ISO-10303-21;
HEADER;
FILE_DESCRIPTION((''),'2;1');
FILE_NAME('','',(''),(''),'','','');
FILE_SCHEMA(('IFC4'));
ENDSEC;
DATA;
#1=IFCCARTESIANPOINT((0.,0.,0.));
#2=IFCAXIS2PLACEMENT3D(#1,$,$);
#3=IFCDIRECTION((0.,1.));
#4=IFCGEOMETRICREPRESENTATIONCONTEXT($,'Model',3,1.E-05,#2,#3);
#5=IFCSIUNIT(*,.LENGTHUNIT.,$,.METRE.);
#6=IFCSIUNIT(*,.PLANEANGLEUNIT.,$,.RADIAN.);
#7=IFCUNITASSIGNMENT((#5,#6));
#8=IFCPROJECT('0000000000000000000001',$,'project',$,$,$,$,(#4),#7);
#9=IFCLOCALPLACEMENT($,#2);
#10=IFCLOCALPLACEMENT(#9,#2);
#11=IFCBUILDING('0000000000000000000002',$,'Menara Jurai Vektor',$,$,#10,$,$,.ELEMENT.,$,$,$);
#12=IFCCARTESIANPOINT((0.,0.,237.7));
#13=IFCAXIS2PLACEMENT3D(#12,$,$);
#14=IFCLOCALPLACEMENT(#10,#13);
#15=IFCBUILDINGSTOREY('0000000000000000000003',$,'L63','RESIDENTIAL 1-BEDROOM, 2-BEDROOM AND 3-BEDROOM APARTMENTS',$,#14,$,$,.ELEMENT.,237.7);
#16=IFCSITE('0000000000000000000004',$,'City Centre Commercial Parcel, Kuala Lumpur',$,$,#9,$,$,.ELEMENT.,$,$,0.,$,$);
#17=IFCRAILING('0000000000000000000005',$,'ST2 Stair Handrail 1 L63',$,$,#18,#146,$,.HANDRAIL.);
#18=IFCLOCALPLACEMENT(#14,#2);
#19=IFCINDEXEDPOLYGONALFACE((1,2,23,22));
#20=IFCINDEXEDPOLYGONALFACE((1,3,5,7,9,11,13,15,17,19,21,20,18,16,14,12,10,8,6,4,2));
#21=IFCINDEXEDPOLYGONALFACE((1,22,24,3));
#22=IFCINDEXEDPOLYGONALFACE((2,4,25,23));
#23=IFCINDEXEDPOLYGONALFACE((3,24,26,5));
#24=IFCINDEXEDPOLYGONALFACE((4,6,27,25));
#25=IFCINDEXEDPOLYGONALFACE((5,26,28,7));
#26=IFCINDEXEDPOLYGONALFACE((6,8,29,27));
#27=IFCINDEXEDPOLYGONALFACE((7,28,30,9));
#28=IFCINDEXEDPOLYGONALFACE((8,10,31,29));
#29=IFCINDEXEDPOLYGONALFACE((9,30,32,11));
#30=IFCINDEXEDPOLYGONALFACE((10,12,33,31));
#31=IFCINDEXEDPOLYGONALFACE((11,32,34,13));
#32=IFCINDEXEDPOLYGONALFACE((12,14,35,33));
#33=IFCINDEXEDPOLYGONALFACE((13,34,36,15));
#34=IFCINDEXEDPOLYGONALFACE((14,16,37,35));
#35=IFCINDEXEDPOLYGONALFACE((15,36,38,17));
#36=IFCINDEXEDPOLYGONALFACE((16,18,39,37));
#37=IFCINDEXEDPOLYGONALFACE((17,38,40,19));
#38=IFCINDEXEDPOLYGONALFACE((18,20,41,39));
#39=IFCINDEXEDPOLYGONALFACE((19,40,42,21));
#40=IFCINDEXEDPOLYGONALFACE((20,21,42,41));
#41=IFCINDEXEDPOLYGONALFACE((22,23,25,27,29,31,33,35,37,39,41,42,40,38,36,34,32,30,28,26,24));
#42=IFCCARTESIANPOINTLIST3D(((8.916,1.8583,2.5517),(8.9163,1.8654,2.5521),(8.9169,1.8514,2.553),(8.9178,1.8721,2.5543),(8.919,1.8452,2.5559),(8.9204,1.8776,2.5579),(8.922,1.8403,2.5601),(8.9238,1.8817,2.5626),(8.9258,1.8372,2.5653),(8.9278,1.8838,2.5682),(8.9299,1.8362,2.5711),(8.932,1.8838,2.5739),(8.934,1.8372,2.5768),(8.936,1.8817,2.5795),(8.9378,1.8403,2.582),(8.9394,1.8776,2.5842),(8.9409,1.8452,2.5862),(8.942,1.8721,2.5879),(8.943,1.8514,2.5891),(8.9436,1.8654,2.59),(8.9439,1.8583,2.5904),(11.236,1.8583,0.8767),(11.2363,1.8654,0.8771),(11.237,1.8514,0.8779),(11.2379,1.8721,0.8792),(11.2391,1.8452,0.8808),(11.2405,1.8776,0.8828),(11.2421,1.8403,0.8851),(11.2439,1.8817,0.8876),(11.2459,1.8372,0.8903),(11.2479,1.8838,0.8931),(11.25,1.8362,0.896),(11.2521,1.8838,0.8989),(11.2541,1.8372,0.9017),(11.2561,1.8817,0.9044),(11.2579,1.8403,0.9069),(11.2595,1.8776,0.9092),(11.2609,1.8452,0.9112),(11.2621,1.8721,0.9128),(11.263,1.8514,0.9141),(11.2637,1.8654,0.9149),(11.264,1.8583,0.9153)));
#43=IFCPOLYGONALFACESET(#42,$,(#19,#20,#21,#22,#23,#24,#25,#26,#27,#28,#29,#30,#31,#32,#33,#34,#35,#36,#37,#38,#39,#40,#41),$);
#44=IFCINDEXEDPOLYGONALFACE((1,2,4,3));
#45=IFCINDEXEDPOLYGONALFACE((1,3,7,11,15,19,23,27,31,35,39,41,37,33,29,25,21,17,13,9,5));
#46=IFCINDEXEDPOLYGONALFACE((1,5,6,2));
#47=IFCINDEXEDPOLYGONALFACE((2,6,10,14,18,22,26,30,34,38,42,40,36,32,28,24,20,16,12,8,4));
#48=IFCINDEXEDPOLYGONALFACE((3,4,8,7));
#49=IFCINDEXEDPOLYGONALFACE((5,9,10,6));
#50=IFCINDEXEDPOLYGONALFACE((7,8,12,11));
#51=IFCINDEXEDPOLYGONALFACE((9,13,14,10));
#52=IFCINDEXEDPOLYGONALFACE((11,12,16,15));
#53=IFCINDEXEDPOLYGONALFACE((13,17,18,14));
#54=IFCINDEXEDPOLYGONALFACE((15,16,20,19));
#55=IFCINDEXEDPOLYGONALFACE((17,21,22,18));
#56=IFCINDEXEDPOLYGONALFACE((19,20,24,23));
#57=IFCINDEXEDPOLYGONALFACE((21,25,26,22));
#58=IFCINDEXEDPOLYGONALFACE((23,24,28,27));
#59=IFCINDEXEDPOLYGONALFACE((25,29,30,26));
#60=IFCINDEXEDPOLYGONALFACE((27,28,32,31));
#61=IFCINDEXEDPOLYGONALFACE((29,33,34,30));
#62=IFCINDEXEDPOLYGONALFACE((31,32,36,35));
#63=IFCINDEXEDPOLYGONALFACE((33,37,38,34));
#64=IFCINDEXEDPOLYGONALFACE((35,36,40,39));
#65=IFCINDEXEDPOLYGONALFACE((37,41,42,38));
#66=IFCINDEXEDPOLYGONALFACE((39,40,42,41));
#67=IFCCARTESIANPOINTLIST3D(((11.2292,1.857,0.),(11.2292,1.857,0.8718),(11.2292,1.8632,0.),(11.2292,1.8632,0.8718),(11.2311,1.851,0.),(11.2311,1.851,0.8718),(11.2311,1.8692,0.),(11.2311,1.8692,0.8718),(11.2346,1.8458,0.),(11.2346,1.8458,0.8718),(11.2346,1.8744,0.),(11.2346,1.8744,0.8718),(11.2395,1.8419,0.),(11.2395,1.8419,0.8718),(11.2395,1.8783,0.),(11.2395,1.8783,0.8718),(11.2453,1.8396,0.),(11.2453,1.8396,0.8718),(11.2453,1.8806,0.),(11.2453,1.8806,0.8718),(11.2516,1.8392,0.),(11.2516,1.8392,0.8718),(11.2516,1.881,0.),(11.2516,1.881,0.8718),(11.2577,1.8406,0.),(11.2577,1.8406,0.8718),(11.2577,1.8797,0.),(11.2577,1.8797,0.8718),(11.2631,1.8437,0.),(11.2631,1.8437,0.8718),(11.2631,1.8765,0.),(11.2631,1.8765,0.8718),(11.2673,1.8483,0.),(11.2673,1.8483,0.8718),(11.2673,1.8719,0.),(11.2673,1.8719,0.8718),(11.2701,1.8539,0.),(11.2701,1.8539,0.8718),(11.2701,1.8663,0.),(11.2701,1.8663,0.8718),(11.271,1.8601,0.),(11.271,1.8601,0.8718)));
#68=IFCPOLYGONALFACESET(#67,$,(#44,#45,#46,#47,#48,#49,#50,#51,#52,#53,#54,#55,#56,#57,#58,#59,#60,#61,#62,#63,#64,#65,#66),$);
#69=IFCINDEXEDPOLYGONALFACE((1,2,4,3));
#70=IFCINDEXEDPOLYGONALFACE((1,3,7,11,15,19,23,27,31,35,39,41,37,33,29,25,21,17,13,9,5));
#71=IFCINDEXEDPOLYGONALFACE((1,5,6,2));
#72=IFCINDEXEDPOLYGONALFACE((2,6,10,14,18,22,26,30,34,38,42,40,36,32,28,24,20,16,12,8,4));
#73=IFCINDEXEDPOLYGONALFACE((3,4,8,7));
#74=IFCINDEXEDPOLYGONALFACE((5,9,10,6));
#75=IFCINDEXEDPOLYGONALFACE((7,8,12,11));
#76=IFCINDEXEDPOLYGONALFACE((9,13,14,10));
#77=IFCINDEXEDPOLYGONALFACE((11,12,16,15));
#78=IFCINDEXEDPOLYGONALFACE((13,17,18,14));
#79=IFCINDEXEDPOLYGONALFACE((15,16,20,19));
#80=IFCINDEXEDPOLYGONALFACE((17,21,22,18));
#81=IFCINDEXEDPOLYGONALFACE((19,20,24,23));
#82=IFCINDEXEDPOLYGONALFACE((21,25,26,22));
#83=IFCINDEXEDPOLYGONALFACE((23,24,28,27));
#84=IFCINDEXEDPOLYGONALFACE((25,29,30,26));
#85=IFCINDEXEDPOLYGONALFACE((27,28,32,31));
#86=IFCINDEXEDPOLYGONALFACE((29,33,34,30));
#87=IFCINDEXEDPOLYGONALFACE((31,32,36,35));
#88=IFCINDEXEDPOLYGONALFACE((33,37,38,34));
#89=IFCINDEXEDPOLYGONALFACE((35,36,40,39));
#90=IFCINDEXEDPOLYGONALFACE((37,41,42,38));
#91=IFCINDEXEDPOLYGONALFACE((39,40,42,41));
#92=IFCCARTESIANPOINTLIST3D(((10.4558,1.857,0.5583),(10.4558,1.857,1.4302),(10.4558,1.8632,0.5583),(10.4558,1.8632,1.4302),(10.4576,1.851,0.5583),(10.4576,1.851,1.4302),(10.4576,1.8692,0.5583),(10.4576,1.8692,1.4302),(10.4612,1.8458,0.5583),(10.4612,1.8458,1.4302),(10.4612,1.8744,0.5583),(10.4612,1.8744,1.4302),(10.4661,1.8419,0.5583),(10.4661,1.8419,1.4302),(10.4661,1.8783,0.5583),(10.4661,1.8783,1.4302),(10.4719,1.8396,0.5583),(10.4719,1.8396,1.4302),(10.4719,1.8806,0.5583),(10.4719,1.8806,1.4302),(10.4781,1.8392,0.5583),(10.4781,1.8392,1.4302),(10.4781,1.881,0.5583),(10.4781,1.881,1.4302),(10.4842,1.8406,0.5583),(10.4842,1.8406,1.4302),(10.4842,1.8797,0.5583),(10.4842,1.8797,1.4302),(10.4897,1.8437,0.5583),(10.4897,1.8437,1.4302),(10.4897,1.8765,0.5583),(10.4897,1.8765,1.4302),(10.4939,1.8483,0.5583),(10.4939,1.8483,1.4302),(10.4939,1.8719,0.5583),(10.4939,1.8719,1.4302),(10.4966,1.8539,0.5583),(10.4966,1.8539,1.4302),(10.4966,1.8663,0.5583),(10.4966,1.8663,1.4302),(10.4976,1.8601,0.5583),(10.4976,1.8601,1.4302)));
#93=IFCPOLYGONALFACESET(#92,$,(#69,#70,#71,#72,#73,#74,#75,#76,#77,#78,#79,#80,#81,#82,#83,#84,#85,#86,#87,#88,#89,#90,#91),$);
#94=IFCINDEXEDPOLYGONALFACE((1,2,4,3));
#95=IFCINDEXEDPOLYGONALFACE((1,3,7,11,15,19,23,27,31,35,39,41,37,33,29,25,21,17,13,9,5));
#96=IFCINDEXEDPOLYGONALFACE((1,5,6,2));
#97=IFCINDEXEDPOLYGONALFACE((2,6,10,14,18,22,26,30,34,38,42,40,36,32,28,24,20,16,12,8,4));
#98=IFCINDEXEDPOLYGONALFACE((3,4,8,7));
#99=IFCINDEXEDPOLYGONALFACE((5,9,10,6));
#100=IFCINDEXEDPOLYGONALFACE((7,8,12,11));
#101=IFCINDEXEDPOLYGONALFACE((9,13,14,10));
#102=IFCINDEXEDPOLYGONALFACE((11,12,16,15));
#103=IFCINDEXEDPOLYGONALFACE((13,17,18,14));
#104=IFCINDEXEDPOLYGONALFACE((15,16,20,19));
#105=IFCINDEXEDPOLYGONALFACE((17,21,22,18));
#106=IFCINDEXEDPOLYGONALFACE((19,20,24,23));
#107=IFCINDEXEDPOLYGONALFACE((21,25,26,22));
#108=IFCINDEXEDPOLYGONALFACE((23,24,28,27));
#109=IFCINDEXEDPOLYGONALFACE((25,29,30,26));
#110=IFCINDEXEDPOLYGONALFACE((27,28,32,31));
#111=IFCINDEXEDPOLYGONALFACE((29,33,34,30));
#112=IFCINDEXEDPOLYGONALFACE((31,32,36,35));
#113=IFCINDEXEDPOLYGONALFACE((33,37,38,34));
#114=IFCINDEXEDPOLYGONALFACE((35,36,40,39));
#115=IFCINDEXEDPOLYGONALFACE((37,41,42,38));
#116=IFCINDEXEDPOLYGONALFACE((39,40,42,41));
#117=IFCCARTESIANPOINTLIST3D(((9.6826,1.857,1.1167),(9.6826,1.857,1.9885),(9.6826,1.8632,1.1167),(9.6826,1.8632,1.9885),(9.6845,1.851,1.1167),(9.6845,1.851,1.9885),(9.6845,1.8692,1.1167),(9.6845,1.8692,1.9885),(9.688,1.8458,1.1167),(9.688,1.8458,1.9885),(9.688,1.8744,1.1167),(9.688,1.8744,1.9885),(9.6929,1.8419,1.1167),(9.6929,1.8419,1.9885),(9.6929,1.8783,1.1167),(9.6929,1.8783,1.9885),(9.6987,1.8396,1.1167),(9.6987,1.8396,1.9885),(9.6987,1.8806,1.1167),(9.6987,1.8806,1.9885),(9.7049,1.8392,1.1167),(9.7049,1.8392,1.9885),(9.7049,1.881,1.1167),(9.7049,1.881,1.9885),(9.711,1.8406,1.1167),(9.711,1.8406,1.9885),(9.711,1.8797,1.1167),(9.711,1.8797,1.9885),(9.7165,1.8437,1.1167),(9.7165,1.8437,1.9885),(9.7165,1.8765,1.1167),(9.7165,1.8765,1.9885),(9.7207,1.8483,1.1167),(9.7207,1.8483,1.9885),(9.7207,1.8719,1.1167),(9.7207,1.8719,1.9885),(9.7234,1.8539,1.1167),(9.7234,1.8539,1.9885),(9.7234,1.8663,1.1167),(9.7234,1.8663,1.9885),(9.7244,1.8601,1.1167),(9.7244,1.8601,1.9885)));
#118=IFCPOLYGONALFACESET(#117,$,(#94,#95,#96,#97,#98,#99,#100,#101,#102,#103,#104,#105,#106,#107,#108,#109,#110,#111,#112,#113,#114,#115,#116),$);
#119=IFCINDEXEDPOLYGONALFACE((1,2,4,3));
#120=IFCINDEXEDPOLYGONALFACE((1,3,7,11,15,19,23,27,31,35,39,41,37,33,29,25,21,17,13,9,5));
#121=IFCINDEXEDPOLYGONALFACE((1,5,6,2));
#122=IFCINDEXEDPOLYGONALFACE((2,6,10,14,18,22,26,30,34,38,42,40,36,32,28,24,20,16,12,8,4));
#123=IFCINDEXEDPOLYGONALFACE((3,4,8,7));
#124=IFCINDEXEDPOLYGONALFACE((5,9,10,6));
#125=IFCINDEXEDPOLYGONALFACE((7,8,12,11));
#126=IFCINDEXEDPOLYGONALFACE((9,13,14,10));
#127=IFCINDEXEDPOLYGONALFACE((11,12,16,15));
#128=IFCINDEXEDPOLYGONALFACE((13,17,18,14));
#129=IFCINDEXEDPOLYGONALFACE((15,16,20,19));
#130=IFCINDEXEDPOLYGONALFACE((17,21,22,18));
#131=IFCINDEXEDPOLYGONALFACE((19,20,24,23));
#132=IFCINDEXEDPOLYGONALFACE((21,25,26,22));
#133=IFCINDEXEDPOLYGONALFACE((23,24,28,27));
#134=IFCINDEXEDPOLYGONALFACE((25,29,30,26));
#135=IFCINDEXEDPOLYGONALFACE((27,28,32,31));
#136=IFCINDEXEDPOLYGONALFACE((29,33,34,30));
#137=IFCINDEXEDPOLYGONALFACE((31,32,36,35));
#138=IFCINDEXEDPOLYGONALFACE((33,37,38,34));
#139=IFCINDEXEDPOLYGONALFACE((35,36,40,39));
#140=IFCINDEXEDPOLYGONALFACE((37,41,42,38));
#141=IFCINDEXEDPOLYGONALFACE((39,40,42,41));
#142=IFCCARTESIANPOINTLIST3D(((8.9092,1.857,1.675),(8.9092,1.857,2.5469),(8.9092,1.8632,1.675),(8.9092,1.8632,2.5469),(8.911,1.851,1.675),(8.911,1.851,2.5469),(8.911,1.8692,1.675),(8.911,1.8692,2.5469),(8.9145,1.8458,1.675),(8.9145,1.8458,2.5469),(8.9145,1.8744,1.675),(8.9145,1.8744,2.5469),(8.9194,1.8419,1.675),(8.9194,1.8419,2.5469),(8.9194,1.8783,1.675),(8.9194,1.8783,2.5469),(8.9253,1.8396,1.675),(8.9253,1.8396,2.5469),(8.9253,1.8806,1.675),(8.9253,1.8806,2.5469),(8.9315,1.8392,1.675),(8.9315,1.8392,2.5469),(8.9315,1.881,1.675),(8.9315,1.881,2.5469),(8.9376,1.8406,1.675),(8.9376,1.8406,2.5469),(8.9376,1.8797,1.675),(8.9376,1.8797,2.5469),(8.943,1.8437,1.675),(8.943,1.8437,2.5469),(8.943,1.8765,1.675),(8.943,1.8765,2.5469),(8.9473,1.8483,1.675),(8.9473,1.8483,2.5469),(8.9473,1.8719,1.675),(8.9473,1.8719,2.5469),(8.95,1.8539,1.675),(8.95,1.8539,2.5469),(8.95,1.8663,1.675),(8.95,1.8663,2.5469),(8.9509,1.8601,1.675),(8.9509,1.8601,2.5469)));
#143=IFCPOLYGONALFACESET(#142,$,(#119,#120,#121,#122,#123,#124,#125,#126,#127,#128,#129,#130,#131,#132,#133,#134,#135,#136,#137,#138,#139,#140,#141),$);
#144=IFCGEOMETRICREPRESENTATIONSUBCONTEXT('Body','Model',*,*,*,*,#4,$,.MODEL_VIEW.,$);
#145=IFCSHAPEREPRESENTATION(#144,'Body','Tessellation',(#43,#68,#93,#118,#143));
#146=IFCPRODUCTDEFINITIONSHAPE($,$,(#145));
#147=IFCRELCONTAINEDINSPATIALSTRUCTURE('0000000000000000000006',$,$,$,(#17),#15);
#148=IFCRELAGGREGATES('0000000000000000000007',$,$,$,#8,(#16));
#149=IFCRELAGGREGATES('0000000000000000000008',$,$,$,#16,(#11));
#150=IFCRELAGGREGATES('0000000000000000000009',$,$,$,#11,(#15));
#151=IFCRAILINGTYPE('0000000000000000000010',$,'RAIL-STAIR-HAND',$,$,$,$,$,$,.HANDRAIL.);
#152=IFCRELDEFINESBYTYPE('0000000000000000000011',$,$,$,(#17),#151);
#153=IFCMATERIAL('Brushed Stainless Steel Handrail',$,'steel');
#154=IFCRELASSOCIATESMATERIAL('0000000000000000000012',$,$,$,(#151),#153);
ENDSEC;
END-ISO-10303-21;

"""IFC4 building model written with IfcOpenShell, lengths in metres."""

from ifc_helpers import new_model, si_unit, direction, frame, origin, origin_2d, place, context, subcontext, project, spatial, circle, extrude, material, type_object, element, save


model = new_model("IFC4")

# Units and contexts
model_context = context("Model", 3, precision=1e-05, world=origin(), true_north=direction((0.0, 1.0)))
body_context = subcontext(model_context, "Body", "Model", "MODEL_VIEW")
ifc_project = project(units=[si_unit("LENGTHUNIT", "METRE"), si_unit("PLANEANGLEUNIT", "RADIAN")], contexts=[model_context])

# Site, building, storey
site_placement = place(None, origin())
site = spatial("IfcSite", under=ifc_project, at=site_placement, Name="City Centre Commercial Parcel, Kuala Lumpur", CompositionType="ELEMENT", RefElevation=0.0)
building_placement = place(site_placement, origin())
building = spatial("IfcBuilding", under=site, at=building_placement, Name="Menara Jurai Vektor", CompositionType="ELEMENT")
storey_placement = place(building_placement, frame((0.0, 0.0, 237.7)))
storey = spatial("IfcBuildingStorey", under=building, at=storey_placement, Name="L63", Description="RESIDENTIAL 1-BEDROOM, 2-BEDROOM AND 3-BEDROOM APARTMENTS", CompositionType="ELEMENT", Elevation=237.7)

# Railing
ifc_material_1 = material(Name="Brushed Stainless Steel Handrail", Category="steel")
railing_type_1 = type_object("IfcRailingType", Name="RAIL-STAIR-HAND", PredefinedType="HANDRAIL", material=ifc_material_1)
railing_1_placement = place(storey_placement, frame((11.25, 1.8601, 0.0)))
element("IfcRailing", 1, at=railing_1_placement, inside=storey, type_object=railing_type_1, Name="ST2 Stair Handrail 1 L63", PredefinedType="HANDRAIL", context=body_context, shape_type="SweptSolid", body=[
    extrude(circle(Radius=0.0239, at=origin_2d()), frame((0.0, 0.0, 0.896), z_axis=(-0.810771, 0.0, 0.585363), x_axis=(0.0, -1.0, 0.0)), (0.0, 0.0, 1.0), 2.8616),
    extrude(circle(Radius=0.021, at=origin_2d()), origin(), (0.0, 0.0, 1.0), 0.8718),
    extrude(circle(Radius=0.021, at=origin_2d()), frame((-0.7734, 0.0, 0.5583)), (0.0, 0.0, 1.0), 0.8718),
    extrude(circle(Radius=0.021, at=origin_2d()), frame((-1.5466, 0.0, 1.1167)), (0.0, 0.0, 1.0), 0.8718),
    extrude(circle(Radius=0.021, at=origin_2d()), frame((-2.3201, 0.0, 1.675)), (0.0, 0.0, 1.0), 0.8718),
])

save(model, "model.ifc")
